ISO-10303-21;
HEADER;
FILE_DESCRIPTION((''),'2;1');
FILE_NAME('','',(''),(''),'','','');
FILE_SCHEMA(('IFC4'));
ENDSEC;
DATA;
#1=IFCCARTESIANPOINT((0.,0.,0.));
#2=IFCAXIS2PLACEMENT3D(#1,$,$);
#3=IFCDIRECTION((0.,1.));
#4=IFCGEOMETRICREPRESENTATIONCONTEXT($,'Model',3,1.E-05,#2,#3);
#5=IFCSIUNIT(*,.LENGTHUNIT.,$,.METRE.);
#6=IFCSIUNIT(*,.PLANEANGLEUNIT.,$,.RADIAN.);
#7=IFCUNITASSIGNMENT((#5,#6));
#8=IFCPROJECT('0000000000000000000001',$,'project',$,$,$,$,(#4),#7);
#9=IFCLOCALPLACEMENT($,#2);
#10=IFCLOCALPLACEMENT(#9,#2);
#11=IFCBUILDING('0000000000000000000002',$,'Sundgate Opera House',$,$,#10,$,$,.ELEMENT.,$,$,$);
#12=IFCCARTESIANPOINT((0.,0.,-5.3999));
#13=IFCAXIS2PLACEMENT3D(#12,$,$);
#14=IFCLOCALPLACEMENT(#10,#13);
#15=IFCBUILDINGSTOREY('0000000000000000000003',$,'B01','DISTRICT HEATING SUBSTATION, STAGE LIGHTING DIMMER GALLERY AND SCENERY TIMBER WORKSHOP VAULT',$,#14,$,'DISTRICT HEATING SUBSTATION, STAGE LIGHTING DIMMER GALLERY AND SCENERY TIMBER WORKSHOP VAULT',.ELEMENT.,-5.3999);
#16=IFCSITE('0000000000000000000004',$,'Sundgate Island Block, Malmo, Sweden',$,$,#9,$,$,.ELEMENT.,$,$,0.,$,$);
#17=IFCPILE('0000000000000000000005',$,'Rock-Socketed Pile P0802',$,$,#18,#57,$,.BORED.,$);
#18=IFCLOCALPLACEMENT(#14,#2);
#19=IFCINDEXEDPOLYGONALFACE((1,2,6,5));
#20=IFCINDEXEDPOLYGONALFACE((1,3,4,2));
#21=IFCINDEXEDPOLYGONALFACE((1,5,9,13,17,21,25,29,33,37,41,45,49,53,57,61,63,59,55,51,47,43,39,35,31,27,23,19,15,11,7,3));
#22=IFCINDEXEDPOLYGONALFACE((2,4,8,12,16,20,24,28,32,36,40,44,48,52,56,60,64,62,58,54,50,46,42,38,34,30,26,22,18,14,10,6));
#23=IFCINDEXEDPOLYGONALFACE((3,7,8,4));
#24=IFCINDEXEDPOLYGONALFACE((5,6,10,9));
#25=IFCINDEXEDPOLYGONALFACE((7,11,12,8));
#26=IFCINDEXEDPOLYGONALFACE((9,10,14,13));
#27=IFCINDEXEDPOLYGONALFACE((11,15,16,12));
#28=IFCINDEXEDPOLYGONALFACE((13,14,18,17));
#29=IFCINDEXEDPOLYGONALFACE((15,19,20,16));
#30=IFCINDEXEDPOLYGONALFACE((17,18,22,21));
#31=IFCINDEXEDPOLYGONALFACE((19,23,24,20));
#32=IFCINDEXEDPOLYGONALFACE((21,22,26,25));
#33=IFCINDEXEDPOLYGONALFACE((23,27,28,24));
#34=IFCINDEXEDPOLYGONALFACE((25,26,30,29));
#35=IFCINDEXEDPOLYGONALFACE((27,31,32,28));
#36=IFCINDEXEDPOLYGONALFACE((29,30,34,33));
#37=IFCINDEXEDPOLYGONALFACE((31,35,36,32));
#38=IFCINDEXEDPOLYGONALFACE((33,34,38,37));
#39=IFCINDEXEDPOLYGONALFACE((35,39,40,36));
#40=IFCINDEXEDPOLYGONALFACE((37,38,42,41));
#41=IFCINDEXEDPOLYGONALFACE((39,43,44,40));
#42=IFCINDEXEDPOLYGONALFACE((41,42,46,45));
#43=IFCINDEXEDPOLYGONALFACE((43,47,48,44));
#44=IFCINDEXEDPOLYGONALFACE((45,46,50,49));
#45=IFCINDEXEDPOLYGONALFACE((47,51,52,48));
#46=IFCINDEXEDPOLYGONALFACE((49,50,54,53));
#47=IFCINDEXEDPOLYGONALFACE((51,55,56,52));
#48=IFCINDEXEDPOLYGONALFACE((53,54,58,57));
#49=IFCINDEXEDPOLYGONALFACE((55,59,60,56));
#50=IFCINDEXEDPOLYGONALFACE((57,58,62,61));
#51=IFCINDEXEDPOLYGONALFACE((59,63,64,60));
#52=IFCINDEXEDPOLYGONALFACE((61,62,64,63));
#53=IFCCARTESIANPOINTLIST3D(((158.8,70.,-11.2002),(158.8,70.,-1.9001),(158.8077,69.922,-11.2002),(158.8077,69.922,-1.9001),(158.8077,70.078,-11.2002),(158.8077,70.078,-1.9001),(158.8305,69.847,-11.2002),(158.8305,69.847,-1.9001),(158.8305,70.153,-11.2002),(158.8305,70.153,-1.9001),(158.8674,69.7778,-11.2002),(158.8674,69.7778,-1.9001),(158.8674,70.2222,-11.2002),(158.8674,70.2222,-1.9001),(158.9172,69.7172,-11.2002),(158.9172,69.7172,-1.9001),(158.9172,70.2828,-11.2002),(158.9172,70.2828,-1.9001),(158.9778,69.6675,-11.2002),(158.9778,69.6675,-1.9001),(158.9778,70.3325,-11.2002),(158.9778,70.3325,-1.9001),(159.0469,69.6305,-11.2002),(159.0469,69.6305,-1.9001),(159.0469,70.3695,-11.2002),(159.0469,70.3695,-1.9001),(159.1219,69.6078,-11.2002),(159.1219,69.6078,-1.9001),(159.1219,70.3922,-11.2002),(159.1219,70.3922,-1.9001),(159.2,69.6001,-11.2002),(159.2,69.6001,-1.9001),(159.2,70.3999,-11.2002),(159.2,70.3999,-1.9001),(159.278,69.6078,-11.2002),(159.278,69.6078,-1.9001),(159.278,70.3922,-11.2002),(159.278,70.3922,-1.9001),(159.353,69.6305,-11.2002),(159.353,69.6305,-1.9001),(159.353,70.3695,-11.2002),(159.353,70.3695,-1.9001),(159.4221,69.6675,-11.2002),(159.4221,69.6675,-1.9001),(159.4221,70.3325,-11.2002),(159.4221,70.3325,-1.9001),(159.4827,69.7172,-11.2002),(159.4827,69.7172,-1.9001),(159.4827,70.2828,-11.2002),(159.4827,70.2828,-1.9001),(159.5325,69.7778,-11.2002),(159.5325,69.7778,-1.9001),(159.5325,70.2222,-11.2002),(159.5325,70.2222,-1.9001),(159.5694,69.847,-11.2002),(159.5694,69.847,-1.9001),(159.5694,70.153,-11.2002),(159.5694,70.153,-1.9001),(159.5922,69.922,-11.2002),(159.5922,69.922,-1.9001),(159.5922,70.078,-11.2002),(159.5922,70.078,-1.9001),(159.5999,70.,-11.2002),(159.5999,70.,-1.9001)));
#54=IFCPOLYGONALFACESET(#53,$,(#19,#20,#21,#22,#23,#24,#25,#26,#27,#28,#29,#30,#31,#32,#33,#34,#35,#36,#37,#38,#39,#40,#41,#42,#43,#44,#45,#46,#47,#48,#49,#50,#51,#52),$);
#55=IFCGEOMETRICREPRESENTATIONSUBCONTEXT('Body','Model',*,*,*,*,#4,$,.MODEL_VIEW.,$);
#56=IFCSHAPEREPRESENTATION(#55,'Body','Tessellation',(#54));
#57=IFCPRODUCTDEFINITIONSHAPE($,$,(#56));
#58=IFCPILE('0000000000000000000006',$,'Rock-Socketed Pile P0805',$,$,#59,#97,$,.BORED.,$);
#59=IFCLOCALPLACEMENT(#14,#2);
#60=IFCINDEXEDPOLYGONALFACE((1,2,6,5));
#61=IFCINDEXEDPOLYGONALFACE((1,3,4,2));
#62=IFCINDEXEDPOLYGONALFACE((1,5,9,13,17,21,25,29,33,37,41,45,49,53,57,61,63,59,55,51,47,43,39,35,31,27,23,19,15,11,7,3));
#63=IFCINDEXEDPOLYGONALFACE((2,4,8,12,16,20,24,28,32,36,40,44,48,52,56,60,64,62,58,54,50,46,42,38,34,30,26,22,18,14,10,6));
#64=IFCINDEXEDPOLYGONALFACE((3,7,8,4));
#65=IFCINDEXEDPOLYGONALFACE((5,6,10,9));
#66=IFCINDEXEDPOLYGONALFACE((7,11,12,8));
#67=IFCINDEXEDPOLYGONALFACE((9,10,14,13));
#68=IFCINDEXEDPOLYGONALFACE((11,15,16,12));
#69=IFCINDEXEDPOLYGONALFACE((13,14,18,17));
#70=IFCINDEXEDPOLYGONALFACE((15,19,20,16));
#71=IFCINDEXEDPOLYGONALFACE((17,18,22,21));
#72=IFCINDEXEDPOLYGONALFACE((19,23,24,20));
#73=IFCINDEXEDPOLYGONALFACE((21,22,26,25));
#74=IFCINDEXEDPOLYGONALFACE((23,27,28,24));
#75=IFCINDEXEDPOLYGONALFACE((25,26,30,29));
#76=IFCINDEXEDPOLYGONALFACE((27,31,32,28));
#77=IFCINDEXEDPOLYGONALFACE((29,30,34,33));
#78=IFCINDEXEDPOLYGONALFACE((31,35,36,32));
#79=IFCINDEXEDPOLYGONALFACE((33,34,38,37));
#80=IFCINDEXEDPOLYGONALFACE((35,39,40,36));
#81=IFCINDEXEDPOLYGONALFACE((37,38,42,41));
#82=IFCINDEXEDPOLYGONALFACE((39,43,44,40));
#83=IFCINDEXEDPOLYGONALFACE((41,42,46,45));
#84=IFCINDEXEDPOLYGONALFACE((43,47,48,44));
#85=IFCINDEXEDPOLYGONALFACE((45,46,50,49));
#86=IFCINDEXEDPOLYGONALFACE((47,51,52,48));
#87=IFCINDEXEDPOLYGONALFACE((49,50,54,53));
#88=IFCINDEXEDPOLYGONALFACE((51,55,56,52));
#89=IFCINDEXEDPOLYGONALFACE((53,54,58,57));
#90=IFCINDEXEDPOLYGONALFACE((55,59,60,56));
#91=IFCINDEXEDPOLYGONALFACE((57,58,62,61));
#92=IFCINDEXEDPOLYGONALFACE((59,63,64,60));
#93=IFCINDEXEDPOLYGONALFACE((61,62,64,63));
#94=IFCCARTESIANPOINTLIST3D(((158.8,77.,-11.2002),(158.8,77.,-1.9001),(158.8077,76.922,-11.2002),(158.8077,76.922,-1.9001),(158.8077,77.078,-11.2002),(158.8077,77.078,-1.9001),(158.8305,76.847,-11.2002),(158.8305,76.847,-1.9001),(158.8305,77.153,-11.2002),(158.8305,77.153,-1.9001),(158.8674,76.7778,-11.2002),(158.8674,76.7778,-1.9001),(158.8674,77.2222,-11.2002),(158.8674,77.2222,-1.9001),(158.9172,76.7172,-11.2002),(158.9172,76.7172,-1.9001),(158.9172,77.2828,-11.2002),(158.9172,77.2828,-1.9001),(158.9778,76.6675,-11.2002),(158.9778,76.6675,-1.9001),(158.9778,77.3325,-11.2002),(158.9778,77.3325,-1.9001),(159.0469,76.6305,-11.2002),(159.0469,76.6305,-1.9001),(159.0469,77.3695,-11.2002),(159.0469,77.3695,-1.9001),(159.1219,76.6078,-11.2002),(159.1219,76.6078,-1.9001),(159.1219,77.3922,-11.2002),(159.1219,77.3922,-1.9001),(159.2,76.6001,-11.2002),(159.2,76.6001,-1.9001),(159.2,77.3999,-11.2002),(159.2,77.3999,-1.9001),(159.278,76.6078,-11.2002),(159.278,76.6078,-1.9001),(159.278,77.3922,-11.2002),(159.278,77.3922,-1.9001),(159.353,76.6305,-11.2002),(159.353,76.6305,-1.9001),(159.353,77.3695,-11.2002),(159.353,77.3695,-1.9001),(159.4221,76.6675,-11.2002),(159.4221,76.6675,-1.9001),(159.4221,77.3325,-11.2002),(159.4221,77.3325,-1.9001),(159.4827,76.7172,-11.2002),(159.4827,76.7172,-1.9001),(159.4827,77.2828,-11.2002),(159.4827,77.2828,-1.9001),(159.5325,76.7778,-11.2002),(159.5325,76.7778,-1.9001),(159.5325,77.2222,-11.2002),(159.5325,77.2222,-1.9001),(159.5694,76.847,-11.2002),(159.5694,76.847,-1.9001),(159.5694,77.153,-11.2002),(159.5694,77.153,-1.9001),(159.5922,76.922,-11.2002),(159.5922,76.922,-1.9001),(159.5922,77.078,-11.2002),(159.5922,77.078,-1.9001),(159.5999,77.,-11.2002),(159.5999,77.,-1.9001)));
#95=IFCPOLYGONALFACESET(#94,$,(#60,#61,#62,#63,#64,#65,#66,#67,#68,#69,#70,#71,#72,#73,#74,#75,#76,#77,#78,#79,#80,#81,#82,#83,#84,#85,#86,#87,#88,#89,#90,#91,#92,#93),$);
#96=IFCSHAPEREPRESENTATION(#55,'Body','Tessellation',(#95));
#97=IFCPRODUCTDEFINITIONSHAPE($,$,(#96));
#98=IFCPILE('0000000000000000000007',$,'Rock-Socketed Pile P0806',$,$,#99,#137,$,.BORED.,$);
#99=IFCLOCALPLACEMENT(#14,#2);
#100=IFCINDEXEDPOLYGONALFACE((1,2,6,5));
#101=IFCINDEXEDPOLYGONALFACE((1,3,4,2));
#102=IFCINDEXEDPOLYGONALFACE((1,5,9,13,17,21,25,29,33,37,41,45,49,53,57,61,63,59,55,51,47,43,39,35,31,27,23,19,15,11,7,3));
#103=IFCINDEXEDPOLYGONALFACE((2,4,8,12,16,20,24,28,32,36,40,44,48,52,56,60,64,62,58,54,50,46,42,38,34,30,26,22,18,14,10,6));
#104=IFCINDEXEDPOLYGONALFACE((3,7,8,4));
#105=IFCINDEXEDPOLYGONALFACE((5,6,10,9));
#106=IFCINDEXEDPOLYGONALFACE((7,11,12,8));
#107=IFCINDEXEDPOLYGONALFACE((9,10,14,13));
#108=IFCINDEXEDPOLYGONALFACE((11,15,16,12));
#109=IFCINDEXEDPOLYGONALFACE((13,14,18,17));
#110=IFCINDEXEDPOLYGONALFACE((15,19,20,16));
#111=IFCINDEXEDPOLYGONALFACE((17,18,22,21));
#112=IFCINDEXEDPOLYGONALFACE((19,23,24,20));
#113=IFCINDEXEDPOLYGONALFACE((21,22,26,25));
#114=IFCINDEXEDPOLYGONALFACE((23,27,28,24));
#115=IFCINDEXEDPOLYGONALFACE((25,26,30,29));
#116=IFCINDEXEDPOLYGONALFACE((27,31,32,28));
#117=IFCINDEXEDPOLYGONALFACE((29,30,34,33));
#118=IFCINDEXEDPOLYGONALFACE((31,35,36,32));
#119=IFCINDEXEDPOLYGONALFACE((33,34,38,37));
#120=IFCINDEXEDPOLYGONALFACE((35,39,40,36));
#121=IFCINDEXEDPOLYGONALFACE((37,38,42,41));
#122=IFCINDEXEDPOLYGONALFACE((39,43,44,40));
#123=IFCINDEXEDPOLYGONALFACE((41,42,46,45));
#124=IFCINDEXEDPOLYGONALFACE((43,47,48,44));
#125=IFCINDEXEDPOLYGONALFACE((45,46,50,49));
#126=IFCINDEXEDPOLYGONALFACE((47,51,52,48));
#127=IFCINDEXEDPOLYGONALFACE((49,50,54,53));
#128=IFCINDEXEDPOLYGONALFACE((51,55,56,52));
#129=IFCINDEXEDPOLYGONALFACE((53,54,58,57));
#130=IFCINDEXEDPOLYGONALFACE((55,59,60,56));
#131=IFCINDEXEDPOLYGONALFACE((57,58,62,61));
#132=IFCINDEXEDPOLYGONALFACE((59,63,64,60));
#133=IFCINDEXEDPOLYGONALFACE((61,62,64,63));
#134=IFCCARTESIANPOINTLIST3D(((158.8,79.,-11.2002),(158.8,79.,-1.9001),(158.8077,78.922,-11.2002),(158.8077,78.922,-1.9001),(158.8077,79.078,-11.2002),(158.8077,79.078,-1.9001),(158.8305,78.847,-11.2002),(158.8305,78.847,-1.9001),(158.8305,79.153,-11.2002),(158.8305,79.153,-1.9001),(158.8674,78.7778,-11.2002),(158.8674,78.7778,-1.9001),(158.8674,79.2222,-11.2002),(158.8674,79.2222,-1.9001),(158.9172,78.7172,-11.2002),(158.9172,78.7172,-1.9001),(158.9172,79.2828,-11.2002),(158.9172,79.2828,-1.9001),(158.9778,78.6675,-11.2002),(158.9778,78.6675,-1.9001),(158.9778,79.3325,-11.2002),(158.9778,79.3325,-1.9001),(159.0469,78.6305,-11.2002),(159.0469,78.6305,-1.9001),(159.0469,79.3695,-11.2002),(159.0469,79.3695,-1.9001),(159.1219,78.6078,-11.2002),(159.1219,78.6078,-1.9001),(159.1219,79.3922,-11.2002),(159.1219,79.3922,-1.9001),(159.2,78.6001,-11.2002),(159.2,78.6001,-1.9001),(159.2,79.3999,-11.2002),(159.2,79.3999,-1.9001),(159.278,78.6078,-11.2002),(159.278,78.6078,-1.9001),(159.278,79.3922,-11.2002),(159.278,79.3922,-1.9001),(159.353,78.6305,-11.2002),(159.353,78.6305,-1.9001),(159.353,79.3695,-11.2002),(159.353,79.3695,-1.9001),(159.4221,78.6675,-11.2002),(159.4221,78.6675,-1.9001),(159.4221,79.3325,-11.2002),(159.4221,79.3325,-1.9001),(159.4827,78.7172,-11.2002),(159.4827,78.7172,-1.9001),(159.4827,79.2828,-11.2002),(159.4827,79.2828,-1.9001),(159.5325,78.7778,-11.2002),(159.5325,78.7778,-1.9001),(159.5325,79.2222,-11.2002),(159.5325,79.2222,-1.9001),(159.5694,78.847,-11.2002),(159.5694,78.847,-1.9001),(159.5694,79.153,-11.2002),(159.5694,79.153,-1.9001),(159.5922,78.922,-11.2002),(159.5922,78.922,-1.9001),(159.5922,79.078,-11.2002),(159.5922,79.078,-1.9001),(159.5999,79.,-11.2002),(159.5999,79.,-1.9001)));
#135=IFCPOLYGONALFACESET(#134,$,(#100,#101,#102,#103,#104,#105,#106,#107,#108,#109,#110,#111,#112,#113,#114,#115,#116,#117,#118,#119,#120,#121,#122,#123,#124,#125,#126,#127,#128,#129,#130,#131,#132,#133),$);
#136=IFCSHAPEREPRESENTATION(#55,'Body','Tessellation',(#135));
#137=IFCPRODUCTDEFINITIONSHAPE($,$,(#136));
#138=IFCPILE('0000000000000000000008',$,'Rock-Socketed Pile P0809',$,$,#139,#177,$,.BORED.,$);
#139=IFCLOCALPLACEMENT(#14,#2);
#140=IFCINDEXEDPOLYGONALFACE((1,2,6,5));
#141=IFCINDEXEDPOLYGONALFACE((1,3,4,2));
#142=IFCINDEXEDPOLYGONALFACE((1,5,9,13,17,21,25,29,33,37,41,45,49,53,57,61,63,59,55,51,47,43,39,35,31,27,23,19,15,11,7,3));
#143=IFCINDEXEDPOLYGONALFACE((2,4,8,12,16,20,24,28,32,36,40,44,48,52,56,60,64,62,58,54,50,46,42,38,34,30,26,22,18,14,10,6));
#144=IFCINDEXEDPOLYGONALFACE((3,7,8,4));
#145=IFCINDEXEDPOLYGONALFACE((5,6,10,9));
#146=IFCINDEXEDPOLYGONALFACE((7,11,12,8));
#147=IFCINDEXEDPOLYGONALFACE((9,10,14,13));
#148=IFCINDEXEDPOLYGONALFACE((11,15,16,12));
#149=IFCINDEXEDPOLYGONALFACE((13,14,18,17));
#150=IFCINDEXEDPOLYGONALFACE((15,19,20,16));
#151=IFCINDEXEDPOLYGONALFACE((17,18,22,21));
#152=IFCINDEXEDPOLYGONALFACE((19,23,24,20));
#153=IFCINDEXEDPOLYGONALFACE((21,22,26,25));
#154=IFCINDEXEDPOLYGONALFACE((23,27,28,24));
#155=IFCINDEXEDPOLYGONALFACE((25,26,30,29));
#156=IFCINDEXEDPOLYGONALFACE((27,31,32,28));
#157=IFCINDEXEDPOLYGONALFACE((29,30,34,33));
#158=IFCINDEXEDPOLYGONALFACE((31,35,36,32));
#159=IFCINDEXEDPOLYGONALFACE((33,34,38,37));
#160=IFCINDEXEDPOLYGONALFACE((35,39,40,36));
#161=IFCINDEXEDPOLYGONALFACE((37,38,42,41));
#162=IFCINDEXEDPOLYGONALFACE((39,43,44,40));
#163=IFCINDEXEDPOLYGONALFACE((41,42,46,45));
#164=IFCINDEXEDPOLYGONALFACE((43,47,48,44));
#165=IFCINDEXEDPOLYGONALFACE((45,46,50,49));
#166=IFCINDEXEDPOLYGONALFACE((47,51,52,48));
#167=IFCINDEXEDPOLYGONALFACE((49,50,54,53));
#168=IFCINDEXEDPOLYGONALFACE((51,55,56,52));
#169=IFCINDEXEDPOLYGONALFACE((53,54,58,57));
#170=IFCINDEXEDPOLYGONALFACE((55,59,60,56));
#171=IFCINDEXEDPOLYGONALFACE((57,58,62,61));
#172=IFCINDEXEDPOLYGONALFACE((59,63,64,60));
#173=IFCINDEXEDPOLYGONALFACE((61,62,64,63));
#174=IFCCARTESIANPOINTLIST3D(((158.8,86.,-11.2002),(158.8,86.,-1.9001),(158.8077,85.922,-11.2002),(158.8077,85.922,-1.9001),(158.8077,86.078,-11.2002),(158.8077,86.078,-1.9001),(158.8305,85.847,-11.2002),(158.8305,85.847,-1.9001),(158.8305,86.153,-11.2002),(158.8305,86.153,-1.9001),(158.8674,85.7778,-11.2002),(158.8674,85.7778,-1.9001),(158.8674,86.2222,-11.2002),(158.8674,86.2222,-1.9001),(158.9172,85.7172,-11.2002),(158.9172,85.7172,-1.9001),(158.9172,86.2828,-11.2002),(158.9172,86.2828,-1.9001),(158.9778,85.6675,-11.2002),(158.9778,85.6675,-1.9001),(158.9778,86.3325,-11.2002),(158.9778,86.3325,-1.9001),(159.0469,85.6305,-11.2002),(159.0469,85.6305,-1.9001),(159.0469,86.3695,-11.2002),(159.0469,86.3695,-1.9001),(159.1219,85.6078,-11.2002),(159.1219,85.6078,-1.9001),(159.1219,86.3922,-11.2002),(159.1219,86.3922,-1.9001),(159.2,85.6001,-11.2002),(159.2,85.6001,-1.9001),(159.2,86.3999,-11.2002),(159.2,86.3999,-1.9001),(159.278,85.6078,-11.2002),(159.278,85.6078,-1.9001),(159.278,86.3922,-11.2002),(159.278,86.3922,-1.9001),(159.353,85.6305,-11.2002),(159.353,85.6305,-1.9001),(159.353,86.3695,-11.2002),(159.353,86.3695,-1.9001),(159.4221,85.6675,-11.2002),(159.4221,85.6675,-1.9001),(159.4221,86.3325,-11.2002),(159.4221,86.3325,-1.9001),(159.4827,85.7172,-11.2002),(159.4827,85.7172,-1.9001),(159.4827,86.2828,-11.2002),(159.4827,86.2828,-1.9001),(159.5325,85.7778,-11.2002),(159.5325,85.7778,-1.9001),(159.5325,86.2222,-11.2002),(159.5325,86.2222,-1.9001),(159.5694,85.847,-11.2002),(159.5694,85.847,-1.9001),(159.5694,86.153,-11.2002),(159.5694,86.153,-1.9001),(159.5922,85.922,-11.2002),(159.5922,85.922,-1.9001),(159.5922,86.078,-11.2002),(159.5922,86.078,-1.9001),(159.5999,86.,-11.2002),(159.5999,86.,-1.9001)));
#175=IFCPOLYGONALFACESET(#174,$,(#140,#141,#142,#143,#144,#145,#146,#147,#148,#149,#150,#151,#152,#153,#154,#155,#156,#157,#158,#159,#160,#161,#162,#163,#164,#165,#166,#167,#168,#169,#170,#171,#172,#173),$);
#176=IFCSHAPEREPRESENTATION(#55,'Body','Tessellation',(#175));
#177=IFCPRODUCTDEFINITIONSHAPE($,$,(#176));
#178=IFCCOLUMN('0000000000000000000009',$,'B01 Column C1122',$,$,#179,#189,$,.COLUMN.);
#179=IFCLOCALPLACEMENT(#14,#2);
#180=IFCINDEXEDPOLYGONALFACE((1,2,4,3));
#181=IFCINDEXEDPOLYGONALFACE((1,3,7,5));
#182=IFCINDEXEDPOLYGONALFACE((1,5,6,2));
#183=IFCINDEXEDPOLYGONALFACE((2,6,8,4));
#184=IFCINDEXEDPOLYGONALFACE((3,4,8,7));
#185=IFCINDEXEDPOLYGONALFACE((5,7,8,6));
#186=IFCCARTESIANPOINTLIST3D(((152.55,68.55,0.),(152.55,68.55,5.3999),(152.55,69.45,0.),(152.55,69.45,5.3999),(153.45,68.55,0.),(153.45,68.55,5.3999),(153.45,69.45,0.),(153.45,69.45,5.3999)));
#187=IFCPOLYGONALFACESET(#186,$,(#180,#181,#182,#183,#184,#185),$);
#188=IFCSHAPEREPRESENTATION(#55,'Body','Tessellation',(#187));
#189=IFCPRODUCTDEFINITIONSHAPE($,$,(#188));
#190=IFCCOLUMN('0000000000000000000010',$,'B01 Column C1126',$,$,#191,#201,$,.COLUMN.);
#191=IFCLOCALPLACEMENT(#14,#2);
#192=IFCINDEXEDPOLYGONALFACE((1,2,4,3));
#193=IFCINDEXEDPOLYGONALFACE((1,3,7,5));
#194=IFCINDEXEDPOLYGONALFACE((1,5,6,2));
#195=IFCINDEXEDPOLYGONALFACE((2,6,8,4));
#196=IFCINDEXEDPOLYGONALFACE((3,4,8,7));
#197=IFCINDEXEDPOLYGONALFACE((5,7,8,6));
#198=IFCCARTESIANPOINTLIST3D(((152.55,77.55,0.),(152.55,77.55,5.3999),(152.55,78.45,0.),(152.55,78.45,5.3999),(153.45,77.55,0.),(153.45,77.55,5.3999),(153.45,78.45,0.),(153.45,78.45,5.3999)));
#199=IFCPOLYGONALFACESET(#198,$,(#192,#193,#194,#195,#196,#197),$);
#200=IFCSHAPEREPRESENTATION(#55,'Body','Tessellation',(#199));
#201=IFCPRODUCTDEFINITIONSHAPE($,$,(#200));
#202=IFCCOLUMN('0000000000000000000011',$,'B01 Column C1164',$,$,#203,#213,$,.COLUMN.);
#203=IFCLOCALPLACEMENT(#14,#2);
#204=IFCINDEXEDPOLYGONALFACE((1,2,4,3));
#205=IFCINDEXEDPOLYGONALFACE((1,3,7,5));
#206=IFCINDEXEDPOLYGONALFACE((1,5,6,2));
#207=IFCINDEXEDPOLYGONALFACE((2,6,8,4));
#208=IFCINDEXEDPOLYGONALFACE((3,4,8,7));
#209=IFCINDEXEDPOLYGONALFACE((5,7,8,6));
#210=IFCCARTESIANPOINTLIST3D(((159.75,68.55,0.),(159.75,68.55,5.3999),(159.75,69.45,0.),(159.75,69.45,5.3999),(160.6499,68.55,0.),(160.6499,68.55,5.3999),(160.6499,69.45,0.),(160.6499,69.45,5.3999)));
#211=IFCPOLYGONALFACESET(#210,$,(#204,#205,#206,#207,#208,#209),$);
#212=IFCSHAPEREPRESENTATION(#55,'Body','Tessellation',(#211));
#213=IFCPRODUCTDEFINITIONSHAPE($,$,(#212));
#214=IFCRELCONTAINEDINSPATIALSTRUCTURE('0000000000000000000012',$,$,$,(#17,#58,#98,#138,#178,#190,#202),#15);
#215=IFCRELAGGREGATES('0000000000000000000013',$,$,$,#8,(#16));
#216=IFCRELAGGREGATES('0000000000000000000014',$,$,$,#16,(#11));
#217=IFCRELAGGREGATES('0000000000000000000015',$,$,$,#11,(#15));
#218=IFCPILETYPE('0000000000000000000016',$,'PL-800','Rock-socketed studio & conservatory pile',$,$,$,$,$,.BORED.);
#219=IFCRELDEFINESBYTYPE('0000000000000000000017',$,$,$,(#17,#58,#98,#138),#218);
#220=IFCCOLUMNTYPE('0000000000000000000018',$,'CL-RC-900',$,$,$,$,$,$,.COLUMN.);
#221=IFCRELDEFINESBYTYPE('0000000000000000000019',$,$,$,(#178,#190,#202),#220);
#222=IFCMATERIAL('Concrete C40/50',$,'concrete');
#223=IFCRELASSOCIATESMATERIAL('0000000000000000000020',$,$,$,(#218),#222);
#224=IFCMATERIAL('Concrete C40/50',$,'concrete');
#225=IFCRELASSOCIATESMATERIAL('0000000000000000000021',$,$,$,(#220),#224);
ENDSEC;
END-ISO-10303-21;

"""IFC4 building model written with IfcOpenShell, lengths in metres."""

from ifc_helpers import new_model, si_unit, direction, frame, origin, origin_2d, place, context, subcontext, project, spatial, rectangle, circle, extrude, material, material_profile, profile_set, type_object, element, save


model = new_model("IFC4")

# Units and contexts
model_context = context("Model", 3, precision=1e-05, world=origin(), true_north=direction((0.0, 1.0)))
body_context = subcontext(model_context, "Body", "Model", "MODEL_VIEW")
ifc_project = project(units=[si_unit("LENGTHUNIT", "METRE"), si_unit("PLANEANGLEUNIT", "RADIAN")], contexts=[model_context])

# Site, building, storey
site_placement = place(None, origin())
site = spatial("IfcSite", under=ifc_project, at=site_placement, Name="Sundgate Island Block, Malmo, Sweden", CompositionType="ELEMENT", RefElevation=0.0)
building_placement = place(site_placement, origin())
building = spatial("IfcBuilding", under=site, at=building_placement, Name="Sundgate Opera House", CompositionType="ELEMENT")
storey_placement = place(building_placement, frame((0.0, 0.0, -5.3999)))
storey = spatial("IfcBuildingStorey", under=building, at=storey_placement, Name="B01", Description="DISTRICT HEATING SUBSTATION, STAGE LIGHTING DIMMER GALLERY AND SCENERY TIMBER WORKSHOP VAULT", LongName="DISTRICT HEATING SUBSTATION, STAGE LIGHTING DIMMER GALLERY AND SCENERY TIMBER WORKSHOP VAULT", CompositionType="ELEMENT", Elevation=-5.3999)

# Piles
ifc_material_1 = material(Name="Concrete C40/50", Category="concrete")
ifc_material_profile_1 = material_profile(ifc_material_1, circle(Radius=0.3999, at=origin_2d()), Name="PILE D800")
ifc_profile_set_1 = profile_set([ifc_material_profile_1], Name="Concrete C40/50")
pile_type = type_object("IfcPileType", Name="PL-800", Description="Rock-socketed studio & conservatory pile", PredefinedType="BORED", material=ifc_profile_set_1)
for number, where, z_axis, x_axis, name in (
    (1, (159.2, 70.0, -1.9001), (0.0, 0.0, -1.0), (1.0, 0.0, 0.0), "Rock-Socketed Pile P0802"),
    (2, (159.2, 77.0, -1.9001), (0.0, 0.0, -1.0), (1.0, 0.0, 0.0), "Rock-Socketed Pile P0805"),
    (3, (159.2, 79.0, -1.9001), (0.0, 0.0, -1.0), (1.0, 0.0, 0.0), "Rock-Socketed Pile P0806"),
    (4, (159.2, 86.0, -1.9001), (0.0, 0.0, -1.0), (1.0, 0.0, 0.0), "Rock-Socketed Pile P0809"),
):
    element("IfcPile", number, at=place(storey_placement, frame(where, z_axis=z_axis, x_axis=x_axis)), inside=storey, type_object=pile_type, Name=name, PredefinedType="BORED", context=body_context, shape_type="SweptSolid", body=[
        extrude(circle(Radius=0.3999, at=origin_2d()), origin(), (0.0, 0.0, 1.0), 9.3),
    ])

# Columns
ifc_material_2 = material(Name="Concrete C40/50", Category="concrete")
ifc_material_profile_2 = material_profile(ifc_material_2, rectangle(XDim=0.8999, YDim=0.8999, at=origin_2d()), Name="RC 900x900")
ifc_profile_set_2 = profile_set([ifc_material_profile_2], Name="Concrete C40/50")
column_type = type_object("IfcColumnType", Name="CL-RC-900", PredefinedType="COLUMN", material=ifc_profile_set_2)
for number, where, z_axis, x_axis, name in (
    (5, (153.0, 69.0, 0.0), (0.0, 0.0, 1.0), (1.0, 0.0, 0.0), "B01 Column C1122"),
    (6, (153.0, 78.0, 0.0), (0.0, 0.0, 1.0), (1.0, 0.0, 0.0), "B01 Column C1126"),
    (7, (160.2, 69.0, 0.0), (0.0, 0.0, 1.0), (1.0, 0.0, 0.0), "B01 Column C1164"),
):
    element("IfcColumn", number, at=place(storey_placement, frame(where, z_axis=z_axis, x_axis=x_axis)), inside=storey, type_object=column_type, Name=name, PredefinedType="COLUMN", context=body_context, shape_type="SweptSolid", body=[
        extrude(rectangle(XDim=0.8999, YDim=0.8999, at=origin_2d()), origin(), (0.0, 0.0, 1.0), 5.3999),
    ])

save(model, "model.ifc")
